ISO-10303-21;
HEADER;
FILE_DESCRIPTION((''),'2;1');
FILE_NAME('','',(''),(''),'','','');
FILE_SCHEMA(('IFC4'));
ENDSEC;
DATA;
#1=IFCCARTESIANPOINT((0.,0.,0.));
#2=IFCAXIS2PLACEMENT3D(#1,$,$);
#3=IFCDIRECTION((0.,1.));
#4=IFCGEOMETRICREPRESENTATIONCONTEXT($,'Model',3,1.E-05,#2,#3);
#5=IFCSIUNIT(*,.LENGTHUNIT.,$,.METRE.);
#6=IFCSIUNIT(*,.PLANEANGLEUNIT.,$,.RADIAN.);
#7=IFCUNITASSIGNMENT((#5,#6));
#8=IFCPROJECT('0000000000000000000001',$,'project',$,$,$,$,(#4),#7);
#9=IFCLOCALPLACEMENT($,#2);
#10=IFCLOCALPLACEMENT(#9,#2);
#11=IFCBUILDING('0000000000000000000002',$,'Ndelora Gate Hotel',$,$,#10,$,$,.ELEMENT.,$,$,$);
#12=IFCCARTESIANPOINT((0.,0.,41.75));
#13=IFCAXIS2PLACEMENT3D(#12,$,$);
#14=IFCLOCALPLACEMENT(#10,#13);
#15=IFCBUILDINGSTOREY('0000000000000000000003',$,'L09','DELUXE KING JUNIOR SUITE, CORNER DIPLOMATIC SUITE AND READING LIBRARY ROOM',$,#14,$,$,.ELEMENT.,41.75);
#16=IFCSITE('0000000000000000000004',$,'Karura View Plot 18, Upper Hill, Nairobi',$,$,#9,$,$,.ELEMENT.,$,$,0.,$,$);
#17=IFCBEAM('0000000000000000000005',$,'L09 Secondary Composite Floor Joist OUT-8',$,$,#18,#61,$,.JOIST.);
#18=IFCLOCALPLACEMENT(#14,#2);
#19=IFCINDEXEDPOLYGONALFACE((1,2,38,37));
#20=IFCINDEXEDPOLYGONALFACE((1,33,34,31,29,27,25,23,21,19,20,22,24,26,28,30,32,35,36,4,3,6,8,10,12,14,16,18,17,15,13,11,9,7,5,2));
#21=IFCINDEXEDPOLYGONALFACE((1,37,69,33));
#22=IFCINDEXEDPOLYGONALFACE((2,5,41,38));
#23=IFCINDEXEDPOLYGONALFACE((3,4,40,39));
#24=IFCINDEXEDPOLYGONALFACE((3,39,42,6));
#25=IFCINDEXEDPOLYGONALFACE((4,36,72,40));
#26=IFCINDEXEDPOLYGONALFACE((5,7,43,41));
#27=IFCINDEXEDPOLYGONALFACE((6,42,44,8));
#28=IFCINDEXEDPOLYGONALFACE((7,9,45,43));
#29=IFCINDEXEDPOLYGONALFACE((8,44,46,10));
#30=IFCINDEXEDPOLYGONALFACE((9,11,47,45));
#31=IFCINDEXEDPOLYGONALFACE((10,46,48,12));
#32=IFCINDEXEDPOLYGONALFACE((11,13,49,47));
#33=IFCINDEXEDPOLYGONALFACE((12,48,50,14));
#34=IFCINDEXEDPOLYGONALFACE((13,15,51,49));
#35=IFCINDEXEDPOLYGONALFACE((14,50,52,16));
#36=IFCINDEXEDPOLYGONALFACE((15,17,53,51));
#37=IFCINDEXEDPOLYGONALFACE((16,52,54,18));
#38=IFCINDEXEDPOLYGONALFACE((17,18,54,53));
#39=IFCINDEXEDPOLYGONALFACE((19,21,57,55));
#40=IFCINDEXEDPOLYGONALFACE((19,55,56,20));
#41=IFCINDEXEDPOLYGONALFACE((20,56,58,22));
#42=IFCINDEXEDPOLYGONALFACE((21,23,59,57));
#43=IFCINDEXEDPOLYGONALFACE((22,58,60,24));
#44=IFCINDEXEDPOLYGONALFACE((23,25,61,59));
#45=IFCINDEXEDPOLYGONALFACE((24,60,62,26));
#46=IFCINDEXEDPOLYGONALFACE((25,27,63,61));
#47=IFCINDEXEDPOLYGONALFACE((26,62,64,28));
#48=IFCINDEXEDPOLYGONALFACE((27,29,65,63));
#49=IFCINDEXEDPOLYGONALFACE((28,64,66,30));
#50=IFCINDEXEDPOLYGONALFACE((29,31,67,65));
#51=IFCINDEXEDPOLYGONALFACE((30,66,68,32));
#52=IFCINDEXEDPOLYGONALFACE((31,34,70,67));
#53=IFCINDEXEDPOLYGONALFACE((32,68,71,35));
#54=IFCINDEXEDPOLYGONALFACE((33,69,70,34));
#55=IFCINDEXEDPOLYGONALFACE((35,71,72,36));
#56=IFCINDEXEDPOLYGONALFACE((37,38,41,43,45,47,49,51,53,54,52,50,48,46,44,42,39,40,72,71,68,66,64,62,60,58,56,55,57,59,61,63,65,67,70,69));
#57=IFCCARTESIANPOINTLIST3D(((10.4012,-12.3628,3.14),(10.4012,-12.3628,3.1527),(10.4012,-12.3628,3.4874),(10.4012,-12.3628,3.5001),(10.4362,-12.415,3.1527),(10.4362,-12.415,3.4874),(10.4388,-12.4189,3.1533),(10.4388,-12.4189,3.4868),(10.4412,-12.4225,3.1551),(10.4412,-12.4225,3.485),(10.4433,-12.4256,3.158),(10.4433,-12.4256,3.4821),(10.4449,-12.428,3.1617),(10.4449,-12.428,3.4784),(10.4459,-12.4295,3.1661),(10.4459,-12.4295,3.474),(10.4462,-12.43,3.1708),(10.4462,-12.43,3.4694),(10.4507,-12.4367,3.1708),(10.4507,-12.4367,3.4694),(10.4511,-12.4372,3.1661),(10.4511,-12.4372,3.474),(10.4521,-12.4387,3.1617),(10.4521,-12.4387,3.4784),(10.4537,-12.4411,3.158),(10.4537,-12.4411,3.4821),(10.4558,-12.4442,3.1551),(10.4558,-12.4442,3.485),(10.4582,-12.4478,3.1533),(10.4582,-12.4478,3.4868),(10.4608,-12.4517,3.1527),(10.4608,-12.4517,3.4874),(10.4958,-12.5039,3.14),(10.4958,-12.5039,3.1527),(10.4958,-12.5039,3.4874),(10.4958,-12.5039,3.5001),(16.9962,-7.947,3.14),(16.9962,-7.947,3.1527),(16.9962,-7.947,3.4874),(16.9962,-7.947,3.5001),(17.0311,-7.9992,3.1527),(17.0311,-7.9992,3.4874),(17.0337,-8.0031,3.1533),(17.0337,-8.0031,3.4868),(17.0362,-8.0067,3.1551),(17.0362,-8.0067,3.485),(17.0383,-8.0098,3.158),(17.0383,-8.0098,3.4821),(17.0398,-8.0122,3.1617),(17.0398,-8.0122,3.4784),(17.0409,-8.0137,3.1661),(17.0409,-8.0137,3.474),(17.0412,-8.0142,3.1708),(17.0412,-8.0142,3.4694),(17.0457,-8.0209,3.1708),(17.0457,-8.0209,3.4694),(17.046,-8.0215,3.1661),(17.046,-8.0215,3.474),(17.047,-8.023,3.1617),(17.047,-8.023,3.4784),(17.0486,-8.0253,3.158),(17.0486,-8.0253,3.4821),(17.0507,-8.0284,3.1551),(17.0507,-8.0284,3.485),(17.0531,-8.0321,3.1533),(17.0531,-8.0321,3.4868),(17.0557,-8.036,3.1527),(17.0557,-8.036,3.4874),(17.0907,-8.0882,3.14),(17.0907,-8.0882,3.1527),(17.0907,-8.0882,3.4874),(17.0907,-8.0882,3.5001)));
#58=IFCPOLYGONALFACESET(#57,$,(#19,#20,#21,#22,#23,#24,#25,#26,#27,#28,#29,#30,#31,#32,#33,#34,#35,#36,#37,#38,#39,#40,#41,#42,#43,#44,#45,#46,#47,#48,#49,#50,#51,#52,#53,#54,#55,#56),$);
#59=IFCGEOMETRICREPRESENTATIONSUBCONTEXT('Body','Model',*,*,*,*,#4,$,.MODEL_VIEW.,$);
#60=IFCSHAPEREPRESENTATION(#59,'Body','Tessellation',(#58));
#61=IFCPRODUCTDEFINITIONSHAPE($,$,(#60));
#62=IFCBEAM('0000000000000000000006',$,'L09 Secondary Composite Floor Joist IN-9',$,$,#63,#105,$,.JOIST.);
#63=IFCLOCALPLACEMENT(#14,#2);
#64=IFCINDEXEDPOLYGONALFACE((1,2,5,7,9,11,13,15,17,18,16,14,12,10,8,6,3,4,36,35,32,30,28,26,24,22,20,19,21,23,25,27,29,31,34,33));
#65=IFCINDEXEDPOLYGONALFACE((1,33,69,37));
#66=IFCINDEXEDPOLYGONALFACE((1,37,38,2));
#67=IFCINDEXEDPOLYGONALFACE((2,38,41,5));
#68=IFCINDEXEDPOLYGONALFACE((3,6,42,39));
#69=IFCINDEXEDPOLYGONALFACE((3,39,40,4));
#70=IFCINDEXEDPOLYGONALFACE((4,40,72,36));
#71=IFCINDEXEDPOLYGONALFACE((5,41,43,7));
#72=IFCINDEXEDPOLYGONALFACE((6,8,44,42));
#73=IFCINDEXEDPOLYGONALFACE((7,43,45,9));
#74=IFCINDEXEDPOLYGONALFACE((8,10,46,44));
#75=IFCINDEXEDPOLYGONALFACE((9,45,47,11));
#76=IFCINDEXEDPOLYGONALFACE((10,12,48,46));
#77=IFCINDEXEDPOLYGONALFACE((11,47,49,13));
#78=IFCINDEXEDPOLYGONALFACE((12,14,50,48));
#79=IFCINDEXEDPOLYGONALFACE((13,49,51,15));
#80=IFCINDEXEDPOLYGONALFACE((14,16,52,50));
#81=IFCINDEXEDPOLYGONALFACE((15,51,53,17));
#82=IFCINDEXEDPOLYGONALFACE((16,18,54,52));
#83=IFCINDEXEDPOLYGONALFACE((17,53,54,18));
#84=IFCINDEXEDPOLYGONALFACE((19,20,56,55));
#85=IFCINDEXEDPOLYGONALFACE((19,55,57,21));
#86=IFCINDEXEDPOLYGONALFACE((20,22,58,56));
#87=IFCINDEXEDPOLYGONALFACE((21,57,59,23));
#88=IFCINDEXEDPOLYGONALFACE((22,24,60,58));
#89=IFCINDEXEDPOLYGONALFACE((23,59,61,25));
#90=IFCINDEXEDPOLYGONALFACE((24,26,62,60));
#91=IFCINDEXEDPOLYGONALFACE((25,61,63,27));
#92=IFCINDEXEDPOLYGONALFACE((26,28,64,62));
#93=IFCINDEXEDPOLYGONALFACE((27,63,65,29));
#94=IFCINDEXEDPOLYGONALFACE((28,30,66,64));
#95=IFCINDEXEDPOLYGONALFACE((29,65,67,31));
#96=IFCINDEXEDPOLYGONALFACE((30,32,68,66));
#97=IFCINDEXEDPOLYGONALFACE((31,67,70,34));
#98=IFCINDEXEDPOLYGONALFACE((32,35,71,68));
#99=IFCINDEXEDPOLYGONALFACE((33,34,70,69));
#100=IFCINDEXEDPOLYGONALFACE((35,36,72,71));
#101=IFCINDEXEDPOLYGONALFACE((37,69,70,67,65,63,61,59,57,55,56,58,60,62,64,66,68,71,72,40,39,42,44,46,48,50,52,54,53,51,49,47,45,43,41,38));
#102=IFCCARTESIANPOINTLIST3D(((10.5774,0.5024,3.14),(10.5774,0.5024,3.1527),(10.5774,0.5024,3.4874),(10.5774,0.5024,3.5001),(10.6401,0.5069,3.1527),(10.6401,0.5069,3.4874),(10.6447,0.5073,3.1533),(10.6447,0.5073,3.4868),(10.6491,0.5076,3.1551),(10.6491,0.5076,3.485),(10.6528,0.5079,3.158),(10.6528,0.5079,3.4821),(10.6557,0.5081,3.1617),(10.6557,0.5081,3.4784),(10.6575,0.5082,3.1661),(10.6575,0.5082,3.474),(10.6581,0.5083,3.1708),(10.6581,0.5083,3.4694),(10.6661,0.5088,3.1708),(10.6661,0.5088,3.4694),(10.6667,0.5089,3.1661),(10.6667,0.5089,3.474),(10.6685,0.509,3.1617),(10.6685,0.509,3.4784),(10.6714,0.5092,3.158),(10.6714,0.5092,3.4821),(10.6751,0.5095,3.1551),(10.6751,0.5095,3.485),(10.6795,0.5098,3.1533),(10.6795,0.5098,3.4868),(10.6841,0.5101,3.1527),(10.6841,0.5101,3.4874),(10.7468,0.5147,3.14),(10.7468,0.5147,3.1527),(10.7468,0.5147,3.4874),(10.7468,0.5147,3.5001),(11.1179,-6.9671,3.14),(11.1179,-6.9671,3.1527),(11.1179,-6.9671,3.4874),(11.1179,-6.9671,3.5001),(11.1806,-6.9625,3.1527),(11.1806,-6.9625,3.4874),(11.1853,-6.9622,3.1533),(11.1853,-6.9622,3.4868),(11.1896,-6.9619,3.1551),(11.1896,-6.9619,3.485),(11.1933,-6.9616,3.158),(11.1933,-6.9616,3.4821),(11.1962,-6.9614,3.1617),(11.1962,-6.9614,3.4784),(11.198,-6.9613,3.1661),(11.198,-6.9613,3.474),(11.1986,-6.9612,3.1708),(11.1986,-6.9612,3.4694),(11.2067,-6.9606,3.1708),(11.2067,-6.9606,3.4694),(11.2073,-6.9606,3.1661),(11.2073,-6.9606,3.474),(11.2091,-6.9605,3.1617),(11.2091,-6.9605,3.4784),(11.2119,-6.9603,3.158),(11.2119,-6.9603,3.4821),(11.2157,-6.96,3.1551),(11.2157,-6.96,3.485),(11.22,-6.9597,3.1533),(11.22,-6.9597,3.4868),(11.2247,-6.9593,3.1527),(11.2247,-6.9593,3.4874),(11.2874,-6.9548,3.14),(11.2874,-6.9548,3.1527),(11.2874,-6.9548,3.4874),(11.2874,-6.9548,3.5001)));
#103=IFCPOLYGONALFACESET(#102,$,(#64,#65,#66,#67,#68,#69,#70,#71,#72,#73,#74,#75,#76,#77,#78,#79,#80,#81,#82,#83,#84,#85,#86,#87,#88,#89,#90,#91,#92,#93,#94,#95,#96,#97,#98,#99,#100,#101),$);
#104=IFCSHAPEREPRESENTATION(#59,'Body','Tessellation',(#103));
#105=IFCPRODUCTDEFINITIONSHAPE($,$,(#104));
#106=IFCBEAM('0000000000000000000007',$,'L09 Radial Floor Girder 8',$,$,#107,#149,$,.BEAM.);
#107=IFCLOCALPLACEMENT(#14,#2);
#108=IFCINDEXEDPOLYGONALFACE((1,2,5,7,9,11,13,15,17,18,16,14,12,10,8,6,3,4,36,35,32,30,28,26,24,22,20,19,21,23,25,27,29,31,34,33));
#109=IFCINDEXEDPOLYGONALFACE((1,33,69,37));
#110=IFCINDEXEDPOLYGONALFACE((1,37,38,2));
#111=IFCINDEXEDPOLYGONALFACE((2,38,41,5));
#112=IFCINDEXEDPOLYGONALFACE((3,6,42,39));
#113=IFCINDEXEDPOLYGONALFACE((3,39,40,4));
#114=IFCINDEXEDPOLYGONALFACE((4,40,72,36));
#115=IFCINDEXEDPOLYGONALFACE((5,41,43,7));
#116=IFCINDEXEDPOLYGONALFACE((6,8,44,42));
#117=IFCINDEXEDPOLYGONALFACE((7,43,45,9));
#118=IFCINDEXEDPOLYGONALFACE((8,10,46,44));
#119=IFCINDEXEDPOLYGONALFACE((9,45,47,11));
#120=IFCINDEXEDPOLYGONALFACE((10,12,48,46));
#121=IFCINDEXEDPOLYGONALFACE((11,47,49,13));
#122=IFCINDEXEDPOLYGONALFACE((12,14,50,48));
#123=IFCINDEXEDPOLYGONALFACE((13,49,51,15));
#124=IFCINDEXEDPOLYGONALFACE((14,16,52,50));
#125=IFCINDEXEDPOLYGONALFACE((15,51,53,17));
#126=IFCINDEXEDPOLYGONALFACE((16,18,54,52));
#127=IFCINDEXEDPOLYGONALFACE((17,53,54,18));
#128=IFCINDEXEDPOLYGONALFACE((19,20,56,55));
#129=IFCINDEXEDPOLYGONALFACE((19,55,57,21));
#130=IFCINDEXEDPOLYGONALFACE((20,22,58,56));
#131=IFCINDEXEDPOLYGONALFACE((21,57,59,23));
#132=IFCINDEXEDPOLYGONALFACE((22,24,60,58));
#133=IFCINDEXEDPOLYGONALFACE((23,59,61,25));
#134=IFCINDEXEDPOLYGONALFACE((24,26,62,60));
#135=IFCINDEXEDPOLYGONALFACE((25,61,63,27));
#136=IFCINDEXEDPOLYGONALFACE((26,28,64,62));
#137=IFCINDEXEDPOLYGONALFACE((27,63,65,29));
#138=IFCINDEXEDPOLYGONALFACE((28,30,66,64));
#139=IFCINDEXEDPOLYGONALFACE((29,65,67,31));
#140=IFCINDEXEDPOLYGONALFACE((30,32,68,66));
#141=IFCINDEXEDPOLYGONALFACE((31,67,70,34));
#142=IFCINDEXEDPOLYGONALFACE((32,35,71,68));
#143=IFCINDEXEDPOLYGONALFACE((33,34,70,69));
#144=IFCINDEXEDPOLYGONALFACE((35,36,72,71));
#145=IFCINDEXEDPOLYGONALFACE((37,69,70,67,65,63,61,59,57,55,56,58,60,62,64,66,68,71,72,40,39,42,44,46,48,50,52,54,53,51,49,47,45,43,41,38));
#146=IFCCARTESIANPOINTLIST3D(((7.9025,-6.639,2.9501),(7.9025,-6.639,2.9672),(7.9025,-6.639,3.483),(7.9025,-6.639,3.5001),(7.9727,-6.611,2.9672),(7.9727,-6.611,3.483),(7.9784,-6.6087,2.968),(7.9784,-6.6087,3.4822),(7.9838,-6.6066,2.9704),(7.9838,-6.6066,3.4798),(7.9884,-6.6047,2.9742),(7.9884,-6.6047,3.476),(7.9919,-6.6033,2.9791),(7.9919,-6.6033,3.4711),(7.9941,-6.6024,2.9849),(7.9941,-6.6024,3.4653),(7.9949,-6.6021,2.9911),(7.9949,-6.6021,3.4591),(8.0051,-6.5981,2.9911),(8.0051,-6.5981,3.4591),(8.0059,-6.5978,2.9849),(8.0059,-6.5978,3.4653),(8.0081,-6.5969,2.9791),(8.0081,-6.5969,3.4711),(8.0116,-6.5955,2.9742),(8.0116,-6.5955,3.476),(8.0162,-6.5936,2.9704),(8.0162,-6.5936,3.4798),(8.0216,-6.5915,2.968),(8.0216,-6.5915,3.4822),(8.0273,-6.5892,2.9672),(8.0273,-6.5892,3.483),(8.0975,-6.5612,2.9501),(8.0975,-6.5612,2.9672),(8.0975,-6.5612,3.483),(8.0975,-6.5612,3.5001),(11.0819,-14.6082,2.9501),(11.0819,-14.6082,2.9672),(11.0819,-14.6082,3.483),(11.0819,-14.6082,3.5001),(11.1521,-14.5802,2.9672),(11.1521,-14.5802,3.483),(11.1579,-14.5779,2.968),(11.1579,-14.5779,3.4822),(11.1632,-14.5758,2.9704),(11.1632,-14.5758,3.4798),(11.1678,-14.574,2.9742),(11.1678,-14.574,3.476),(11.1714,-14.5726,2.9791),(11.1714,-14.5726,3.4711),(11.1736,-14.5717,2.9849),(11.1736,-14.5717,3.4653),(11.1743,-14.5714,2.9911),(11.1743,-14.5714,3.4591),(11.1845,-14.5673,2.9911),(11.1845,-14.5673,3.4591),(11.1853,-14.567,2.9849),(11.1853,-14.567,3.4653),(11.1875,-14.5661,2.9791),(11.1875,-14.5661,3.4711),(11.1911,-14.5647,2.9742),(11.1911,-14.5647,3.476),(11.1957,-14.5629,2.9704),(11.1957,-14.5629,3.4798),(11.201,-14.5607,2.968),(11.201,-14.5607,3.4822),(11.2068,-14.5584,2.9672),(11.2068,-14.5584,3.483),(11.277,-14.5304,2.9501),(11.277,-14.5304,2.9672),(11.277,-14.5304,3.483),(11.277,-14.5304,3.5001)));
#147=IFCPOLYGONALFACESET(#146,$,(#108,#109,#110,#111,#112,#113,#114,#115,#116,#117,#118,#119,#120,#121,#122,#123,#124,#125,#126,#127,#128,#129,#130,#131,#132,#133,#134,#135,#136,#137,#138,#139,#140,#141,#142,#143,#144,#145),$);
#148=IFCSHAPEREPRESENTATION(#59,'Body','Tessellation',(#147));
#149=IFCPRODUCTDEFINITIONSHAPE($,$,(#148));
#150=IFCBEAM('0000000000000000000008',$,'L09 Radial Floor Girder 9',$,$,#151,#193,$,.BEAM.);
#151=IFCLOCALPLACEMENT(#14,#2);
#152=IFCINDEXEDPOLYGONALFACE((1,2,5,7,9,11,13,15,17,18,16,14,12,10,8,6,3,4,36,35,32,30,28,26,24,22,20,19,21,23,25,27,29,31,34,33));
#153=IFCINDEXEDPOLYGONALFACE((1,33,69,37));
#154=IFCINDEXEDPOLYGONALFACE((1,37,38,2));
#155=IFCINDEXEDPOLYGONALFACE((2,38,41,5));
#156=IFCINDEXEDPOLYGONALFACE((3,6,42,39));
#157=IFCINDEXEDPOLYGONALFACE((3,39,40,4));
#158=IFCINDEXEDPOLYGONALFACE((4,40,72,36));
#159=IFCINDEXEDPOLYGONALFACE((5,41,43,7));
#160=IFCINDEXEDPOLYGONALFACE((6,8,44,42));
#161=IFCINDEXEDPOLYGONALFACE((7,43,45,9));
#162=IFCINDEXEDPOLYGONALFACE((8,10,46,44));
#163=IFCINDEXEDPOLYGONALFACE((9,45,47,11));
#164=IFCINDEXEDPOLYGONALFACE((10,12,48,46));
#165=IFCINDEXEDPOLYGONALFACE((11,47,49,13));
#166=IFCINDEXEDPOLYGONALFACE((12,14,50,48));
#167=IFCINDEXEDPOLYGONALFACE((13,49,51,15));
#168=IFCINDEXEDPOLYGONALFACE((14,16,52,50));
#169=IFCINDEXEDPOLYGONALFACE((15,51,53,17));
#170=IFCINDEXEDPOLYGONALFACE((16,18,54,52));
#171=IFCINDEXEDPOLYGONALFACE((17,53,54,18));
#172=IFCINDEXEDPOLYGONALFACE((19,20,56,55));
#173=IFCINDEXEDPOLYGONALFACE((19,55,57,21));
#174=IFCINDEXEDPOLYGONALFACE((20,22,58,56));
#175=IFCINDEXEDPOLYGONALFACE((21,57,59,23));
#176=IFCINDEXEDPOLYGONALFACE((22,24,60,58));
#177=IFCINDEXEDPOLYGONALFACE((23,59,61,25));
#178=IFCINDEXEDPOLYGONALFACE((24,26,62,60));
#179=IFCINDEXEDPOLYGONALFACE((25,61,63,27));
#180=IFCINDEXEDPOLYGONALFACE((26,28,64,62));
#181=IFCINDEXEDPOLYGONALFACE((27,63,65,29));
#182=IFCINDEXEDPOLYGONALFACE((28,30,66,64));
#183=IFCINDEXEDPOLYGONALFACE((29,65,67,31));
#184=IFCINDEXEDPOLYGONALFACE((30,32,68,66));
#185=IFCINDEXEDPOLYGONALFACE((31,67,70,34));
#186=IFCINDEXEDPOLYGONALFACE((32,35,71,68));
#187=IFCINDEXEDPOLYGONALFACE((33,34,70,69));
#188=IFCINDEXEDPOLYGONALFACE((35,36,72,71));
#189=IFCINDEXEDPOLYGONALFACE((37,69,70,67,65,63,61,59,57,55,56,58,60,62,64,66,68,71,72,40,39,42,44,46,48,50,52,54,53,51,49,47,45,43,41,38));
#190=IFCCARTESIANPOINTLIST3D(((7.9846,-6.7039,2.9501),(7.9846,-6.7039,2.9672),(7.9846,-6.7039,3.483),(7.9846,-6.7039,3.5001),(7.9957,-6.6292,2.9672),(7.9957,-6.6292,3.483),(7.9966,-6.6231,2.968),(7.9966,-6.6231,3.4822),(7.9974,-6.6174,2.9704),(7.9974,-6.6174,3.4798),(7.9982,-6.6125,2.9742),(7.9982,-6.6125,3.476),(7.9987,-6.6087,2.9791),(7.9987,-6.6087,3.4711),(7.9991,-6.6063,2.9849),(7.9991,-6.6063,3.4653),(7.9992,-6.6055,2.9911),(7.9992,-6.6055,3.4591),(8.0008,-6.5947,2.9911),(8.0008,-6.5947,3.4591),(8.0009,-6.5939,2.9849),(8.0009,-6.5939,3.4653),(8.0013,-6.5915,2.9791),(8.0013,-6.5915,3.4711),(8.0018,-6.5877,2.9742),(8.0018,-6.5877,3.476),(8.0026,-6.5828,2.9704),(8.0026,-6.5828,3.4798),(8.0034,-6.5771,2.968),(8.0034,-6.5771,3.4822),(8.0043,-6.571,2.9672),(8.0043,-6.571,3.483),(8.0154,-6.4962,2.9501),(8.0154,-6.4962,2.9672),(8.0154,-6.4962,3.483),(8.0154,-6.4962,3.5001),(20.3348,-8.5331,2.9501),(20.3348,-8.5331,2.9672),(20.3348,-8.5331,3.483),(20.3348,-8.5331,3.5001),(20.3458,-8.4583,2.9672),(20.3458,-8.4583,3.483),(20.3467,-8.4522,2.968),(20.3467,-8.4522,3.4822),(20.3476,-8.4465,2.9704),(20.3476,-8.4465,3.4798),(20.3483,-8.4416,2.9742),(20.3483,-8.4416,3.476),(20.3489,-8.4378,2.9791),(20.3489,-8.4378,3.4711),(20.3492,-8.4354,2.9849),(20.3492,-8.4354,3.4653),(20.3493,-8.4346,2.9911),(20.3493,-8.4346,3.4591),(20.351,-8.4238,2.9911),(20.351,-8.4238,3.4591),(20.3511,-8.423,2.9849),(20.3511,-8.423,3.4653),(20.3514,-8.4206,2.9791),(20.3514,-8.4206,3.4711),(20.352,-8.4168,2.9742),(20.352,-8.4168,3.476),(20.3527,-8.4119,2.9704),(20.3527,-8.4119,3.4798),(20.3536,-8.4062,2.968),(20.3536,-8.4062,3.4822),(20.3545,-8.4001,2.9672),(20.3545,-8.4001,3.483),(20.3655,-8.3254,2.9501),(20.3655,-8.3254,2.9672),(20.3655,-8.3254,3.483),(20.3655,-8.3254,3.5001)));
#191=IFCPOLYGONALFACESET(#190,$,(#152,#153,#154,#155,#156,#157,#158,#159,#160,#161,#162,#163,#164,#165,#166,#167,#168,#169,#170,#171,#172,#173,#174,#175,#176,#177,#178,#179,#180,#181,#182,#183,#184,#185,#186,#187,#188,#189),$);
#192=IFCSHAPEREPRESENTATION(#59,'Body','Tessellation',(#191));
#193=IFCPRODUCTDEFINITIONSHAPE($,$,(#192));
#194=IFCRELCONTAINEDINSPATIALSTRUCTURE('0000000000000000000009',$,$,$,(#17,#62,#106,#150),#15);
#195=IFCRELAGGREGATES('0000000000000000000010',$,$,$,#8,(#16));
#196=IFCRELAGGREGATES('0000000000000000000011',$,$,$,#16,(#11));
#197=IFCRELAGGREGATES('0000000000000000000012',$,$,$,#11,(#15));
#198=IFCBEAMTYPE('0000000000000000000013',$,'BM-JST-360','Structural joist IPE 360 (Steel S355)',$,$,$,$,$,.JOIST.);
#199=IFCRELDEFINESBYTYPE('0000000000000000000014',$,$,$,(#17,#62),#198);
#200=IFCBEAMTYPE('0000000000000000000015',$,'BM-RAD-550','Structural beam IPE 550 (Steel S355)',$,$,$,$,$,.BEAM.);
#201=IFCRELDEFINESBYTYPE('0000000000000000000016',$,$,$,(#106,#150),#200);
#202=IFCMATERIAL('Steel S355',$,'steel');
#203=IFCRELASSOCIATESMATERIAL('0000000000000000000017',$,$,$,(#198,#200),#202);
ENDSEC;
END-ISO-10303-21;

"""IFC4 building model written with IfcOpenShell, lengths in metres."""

from ifc_helpers import new_model, si_unit, direction, frame, origin, origin_2d, place, context, subcontext, project, spatial, i_section, extrude, material, material_profile, profile_set, type_object, element, save


model = new_model("IFC4")

# Units and contexts
model_context = context("Model", 3, precision=1e-05, world=origin(), true_north=direction((0.0, 1.0)))
body_context = subcontext(model_context, "Body", "Model", "MODEL_VIEW")
ifc_project = project(units=[si_unit("LENGTHUNIT", "METRE"), si_unit("PLANEANGLEUNIT", "RADIAN")], contexts=[model_context])

# Site, building, storey
site_placement = place(None, origin())
site = spatial("IfcSite", under=ifc_project, at=site_placement, Name="Karura View Plot 18, Upper Hill, Nairobi", CompositionType="ELEMENT", RefElevation=0.0)
building_placement = place(site_placement, origin())
building = spatial("IfcBuilding", under=site, at=building_placement, Name="Ndelora Gate Hotel", CompositionType="ELEMENT")
storey_placement = place(building_placement, frame((0.0, 0.0, 41.75)))
storey = spatial("IfcBuildingStorey", under=building, at=storey_placement, Name="L09", Description="DELUXE KING JUNIOR SUITE, CORNER DIPLOMATIC SUITE AND READING LIBRARY ROOM", CompositionType="ELEMENT", Elevation=41.75)

# Beams
ifc_material_1 = material(Name="Steel S355", Category="steel")
ifc_material_profile_1 = material_profile(ifc_material_1, i_section(OverallWidth=0.1699, OverallDepth=0.3601, WebThickness=0.0081, FlangeThickness=0.0127, FilletRadius=0.0181, at=origin_2d()), Name="IPE 360")
ifc_profile_set_1 = profile_set([ifc_material_profile_1], Name="Steel S355")
beam_type_1 = type_object("IfcBeamType", Name="BM-JST-360", Description="Structural joist IPE 360 (Steel S355)", PredefinedType="JOIST", material=ifc_profile_set_1)
beam_1_placement = place(storey_placement, frame((10.4485, -12.4333, 3.3201), z_axis=(0.830937, 0.556367, 0.0), x_axis=(-0.556367, 0.830937, 0.0)))
element("IfcBeam", 1, at=beam_1_placement, inside=storey, type_object=beam_type_1, Name="L09 Secondary Composite Floor Joist OUT-8", PredefinedType="JOIST", context=body_context, shape_type="SweptSolid", body=[
    extrude(i_section(OverallWidth=0.1699, OverallDepth=0.3601, WebThickness=0.0081, FlangeThickness=0.0127, FilletRadius=0.0181, at=origin_2d()), origin(), (0.0, 0.0, 1.0), 7.9368),
])
beam_2_placement = place(storey_placement, frame((11.2026, -6.9609, 3.3201), z_axis=(-0.072176, 0.997392, 0.0), x_axis=(-0.997392, -0.072176, 0.0)))
element("IfcBeam", 2, at=beam_2_placement, inside=storey, type_object=beam_type_1, Name="L09 Secondary Composite Floor Joist IN-9", PredefinedType="JOIST", context=body_context, shape_type="SweptSolid", body=[
    extrude(i_section(OverallWidth=0.1699, OverallDepth=0.3601, WebThickness=0.0081, FlangeThickness=0.0127, FilletRadius=0.0181, at=origin_2d()), origin(), (0.0, 0.0, 1.0), 7.489),
])
ifc_material_profile_2 = material_profile(ifc_material_1, i_section(OverallWidth=0.21, OverallDepth=0.55, WebThickness=0.011, FlangeThickness=0.0171, FilletRadius=0.0239, at=origin_2d()), Name="IPE 550")
ifc_profile_set_2 = profile_set([ifc_material_profile_2], Name="Steel S355")
beam_type_2 = type_object("IfcBeamType", Name="BM-RAD-550", Description="Structural beam IPE 550 (Steel S355)", PredefinedType="BEAM", material=ifc_profile_set_2)
beam_3_placement = place(storey_placement, frame((8.0, -6.6001, 3.2251), z_axis=(0.370561, -0.928808, 0.0), x_axis=(0.928808, 0.370561, 0.0)))
element("IfcBeam", 3, at=beam_3_placement, inside=storey, type_object=beam_type_2, Name="L09 Radial Floor Girder 8", PredefinedType="BEAM", context=body_context, shape_type="SweptSolid", body=[
    extrude(i_section(OverallWidth=0.21, OverallDepth=0.55, WebThickness=0.011, FlangeThickness=0.0171, FilletRadius=0.0239, at=origin_2d()), origin(), (0.0, 0.0, 1.0), 8.5801),
])
beam_4_placement = place(storey_placement, frame((8.0, -6.6001, 3.2251), z_axis=(0.98921, -0.146506, 0.0), x_axis=(0.146506, 0.98921, 0.0)))
element("IfcBeam", 4, at=beam_4_placement, inside=storey, type_object=beam_type_2, Name="L09 Radial Floor Girder 9", PredefinedType="BEAM", context=body_context, shape_type="SweptSolid", body=[
    extrude(i_section(OverallWidth=0.21, OverallDepth=0.55, WebThickness=0.011, FlangeThickness=0.0171, FilletRadius=0.0239, at=origin_2d()), origin(), (0.0, 0.0, 1.0), 12.4849),
])

save(model, "model.ifc")
